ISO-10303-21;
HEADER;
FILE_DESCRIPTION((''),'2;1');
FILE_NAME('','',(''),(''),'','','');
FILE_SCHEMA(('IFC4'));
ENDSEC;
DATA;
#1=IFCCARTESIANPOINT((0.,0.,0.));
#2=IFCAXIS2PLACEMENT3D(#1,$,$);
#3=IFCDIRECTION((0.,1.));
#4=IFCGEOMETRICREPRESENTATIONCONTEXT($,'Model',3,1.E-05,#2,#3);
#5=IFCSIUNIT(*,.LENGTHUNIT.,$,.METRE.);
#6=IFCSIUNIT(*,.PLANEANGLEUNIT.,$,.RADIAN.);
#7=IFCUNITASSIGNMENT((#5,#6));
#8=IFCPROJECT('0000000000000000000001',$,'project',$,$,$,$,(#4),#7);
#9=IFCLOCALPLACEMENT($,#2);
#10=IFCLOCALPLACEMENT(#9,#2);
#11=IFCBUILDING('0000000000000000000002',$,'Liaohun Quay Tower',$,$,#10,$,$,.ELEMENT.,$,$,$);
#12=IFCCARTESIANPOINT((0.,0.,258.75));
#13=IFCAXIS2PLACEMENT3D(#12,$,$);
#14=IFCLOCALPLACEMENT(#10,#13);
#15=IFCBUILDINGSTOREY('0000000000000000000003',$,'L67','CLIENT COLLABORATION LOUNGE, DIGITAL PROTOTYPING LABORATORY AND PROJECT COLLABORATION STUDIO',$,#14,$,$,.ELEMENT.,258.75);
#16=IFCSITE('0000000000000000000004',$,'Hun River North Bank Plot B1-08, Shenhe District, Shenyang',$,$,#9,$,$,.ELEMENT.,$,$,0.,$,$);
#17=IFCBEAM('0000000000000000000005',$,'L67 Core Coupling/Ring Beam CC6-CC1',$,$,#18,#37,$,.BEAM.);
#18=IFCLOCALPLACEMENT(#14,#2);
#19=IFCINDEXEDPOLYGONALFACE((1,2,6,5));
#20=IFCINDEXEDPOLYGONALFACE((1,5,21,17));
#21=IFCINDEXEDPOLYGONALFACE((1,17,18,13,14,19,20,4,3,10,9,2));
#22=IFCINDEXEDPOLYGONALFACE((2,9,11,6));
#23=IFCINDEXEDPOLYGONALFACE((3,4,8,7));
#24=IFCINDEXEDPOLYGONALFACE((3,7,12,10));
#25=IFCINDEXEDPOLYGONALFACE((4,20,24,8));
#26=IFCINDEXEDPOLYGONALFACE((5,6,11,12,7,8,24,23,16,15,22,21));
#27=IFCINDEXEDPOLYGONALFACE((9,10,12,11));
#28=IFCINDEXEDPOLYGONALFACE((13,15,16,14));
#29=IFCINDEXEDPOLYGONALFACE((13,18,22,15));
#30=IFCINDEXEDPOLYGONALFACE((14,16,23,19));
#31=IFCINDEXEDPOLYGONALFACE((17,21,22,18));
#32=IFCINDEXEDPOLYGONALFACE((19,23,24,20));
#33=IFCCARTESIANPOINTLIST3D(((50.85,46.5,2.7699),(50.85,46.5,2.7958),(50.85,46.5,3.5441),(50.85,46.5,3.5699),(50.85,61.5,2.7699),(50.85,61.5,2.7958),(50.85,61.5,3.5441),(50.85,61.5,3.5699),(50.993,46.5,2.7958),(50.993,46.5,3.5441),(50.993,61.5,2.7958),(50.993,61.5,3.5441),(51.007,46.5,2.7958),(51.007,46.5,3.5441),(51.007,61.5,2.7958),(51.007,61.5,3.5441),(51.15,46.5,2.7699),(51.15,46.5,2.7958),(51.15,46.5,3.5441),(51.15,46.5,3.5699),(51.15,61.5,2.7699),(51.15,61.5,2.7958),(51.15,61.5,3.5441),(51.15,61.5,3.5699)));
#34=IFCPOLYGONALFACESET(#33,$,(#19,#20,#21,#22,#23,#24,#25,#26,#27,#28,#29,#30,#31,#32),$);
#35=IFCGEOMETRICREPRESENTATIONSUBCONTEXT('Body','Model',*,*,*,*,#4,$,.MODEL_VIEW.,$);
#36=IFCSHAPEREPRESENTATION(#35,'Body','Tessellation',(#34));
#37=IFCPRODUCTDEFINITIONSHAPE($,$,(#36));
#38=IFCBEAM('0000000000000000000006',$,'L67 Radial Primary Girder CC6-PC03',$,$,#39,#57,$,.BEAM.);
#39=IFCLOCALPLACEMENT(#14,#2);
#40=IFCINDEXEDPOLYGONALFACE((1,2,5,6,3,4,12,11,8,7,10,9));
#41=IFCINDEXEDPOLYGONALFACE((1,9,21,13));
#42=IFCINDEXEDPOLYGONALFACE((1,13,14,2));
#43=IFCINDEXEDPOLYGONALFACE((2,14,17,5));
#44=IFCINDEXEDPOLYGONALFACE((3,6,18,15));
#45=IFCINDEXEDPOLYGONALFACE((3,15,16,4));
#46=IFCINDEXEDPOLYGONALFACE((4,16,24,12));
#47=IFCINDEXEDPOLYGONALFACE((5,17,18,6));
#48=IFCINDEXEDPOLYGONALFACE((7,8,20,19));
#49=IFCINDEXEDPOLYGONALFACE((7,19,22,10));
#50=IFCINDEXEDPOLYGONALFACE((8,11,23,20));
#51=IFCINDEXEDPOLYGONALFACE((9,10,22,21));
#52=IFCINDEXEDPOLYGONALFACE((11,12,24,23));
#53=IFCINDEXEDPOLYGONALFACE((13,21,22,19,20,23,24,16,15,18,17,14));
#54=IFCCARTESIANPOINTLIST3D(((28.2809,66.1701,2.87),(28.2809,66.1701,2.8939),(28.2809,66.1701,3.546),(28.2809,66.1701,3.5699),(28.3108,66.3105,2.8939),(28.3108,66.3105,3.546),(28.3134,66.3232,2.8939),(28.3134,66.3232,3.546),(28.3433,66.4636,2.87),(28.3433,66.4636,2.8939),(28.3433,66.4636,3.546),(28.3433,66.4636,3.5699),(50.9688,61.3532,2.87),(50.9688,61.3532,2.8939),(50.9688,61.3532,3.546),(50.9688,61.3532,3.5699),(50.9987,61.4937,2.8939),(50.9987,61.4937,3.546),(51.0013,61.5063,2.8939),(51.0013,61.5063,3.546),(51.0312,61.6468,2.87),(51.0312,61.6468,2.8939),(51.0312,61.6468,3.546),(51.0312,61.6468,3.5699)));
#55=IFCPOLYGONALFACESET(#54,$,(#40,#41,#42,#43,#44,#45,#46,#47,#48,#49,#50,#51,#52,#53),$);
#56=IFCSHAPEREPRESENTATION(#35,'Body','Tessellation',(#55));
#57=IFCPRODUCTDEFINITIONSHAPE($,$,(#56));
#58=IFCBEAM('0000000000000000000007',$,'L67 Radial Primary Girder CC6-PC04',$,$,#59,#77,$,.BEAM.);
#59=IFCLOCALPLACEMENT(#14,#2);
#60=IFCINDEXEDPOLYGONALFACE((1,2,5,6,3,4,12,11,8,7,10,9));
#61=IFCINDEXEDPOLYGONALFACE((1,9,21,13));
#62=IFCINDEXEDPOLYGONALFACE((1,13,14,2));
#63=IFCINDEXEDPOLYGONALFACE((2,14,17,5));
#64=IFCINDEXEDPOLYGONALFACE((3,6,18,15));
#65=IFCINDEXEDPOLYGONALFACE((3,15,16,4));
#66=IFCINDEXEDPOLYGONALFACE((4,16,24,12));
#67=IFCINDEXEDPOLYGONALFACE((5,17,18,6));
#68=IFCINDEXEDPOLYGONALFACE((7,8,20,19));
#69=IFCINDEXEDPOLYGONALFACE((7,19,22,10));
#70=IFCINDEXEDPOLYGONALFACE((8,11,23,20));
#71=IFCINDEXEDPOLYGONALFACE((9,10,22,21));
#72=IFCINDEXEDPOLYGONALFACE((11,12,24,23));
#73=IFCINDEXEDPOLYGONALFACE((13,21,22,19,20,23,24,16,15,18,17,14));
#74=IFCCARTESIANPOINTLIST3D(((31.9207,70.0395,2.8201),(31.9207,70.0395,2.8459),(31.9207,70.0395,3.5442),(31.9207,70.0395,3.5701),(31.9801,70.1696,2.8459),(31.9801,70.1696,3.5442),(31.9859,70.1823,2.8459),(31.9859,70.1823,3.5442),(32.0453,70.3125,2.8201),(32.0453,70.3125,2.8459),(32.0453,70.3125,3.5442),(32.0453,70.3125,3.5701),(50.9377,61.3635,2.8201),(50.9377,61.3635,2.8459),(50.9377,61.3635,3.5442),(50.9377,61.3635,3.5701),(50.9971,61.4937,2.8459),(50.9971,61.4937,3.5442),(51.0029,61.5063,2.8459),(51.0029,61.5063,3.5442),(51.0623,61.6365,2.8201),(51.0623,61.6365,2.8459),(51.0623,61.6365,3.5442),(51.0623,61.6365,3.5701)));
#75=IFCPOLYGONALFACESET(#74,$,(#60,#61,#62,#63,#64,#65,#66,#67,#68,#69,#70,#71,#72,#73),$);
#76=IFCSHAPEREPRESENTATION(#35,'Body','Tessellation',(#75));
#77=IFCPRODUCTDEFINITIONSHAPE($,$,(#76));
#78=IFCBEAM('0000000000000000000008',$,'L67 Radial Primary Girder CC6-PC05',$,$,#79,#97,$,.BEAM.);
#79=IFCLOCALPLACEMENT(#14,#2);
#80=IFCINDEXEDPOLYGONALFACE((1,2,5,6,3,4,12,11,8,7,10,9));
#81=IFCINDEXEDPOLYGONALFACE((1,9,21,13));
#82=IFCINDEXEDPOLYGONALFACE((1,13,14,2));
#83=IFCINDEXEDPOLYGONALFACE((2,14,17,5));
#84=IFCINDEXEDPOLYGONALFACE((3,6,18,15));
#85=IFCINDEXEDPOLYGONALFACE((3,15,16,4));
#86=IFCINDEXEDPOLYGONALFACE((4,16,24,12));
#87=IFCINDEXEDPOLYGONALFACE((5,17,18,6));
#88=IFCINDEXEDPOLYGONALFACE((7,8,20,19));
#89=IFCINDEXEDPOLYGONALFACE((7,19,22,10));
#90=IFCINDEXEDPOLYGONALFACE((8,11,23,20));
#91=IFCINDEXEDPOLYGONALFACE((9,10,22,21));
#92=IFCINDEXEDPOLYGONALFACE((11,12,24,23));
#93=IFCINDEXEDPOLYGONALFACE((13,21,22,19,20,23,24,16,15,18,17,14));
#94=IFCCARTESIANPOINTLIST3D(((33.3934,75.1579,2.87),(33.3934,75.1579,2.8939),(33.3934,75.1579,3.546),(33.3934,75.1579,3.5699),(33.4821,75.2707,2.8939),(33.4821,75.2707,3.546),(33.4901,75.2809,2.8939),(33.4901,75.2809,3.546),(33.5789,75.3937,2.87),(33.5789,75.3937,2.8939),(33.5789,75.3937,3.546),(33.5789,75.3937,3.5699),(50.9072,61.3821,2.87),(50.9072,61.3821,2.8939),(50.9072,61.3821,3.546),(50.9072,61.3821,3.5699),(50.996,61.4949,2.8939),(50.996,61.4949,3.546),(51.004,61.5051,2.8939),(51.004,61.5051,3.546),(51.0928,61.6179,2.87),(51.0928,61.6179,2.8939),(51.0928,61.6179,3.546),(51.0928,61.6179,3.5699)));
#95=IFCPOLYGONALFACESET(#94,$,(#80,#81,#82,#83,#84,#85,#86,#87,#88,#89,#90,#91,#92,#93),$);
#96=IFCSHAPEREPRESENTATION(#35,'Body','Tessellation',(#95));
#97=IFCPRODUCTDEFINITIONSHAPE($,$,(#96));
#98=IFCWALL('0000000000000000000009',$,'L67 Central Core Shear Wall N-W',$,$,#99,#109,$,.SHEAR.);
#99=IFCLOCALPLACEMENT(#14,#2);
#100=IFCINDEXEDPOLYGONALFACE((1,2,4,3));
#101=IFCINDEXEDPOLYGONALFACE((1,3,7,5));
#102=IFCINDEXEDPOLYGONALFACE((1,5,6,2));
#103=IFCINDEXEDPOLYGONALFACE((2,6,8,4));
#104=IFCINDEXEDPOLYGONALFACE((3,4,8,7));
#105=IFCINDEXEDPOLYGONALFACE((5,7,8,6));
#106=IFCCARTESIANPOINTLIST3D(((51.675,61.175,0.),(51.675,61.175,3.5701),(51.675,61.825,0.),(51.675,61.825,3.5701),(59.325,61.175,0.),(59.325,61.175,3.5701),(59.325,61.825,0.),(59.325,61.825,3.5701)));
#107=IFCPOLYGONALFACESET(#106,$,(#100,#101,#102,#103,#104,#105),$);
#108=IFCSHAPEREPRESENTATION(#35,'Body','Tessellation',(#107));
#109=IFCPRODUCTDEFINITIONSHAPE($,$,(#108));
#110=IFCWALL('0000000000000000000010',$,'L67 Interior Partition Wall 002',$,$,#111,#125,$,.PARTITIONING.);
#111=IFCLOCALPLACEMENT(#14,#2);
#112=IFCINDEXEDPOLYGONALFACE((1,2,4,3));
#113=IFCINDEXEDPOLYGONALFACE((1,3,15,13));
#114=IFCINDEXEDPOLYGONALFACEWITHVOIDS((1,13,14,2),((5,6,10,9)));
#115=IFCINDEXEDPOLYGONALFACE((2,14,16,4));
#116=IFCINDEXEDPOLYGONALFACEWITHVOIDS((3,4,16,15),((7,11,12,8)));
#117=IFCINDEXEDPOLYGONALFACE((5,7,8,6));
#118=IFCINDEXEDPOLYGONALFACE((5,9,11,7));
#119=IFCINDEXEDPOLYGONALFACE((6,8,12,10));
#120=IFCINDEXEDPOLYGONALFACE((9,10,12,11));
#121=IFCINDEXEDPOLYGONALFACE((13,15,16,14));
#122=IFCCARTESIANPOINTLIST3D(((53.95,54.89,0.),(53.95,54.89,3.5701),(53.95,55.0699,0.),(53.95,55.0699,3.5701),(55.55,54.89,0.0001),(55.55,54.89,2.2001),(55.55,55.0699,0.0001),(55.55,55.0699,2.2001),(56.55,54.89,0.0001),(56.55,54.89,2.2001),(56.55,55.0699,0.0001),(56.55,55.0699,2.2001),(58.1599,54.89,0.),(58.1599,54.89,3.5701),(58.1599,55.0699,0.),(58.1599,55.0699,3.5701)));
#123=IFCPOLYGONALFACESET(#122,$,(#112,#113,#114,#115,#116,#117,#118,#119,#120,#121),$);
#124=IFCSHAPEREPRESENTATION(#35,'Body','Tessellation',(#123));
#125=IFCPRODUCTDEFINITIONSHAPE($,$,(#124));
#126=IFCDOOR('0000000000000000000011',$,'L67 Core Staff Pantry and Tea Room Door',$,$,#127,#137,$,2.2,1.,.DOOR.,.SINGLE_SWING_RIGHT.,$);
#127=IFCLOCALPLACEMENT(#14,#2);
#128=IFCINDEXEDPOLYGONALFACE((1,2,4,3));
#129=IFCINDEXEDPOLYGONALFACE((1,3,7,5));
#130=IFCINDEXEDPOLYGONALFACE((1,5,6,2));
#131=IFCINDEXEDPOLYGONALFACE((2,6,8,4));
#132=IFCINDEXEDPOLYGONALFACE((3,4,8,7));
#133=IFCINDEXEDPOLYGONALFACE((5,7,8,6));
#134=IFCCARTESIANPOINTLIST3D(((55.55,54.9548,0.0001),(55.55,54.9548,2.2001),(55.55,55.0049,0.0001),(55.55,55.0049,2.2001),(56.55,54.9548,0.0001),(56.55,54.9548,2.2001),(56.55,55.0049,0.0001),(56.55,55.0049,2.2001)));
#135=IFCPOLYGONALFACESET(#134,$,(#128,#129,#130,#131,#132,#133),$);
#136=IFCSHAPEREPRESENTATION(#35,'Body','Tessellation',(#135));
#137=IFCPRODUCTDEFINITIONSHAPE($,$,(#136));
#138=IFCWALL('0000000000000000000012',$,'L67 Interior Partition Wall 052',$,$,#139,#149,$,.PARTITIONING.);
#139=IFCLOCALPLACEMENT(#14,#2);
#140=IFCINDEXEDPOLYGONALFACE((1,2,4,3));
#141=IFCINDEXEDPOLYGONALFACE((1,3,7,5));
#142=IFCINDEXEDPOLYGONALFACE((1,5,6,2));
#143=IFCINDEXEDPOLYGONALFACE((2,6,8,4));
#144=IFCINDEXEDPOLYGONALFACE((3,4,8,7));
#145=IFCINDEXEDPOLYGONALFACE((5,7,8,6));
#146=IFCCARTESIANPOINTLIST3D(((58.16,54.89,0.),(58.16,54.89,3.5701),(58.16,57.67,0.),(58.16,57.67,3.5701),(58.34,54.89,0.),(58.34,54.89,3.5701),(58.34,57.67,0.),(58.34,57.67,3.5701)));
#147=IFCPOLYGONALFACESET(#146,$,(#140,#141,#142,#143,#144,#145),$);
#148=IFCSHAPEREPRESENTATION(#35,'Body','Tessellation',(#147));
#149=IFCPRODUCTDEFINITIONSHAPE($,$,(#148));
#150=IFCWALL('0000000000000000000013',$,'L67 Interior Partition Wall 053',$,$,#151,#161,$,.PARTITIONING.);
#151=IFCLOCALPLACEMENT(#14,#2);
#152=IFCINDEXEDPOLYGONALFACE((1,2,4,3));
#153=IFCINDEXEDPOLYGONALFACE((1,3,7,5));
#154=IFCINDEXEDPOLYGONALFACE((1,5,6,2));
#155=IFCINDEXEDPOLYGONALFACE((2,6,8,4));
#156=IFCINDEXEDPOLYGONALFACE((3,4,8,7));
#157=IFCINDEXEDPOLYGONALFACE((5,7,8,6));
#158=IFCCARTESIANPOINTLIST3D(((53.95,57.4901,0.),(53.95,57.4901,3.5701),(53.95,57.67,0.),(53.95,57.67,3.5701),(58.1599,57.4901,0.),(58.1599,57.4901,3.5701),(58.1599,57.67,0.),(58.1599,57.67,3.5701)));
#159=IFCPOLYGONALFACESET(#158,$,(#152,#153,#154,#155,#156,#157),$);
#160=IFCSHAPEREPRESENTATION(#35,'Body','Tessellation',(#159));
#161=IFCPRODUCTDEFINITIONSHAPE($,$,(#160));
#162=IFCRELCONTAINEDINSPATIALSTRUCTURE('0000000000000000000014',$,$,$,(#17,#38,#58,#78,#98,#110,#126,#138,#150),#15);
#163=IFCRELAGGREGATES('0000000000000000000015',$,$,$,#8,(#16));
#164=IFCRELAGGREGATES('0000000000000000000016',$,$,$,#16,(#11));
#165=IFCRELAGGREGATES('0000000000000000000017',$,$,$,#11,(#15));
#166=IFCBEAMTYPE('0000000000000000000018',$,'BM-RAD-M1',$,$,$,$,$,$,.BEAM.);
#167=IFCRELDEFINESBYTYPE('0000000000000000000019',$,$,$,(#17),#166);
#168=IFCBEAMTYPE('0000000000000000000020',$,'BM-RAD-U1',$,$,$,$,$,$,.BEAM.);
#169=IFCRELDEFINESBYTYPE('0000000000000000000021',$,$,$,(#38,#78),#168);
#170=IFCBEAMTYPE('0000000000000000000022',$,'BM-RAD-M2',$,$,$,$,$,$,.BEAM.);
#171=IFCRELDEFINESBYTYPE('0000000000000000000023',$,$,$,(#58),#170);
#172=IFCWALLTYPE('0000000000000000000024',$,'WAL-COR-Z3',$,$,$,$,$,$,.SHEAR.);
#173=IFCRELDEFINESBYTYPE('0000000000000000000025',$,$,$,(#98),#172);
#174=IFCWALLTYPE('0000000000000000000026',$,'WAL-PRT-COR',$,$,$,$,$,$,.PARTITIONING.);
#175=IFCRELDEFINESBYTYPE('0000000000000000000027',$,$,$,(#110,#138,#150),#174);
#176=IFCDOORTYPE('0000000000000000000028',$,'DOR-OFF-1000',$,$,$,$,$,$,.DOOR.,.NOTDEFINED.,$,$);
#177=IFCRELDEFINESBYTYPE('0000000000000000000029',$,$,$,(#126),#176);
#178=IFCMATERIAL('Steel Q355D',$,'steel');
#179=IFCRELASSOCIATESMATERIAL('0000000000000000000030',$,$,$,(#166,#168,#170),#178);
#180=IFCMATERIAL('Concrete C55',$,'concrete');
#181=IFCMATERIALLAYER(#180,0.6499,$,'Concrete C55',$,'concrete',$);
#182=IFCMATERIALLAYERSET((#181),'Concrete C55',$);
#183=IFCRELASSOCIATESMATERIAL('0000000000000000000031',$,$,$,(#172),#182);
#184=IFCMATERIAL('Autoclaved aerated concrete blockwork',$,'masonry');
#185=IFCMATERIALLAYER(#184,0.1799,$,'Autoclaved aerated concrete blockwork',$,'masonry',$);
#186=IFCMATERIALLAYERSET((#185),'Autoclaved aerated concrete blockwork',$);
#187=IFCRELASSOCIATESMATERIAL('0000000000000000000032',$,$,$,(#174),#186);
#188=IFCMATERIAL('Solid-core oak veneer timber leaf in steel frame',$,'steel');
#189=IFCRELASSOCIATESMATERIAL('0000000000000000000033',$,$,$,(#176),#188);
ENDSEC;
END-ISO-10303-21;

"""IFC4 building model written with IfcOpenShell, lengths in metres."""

from ifc_helpers import new_model, si_unit, direction, frame, frame_2d, origin, origin_2d, place, context, subcontext, project, spatial, rectangle, i_section, extrude, source, transform, mapped, material, layer, layer_set, material_profile, profile_set, type_object, element, fill, save


model = new_model("IFC4")

# Units and contexts
model_context = context("Model", 3, precision=1e-05, world=origin(), true_north=direction((0.0, 1.0)))
body_context = subcontext(model_context, "Body", "Model", "MODEL_VIEW")
ifc_project = project(units=[si_unit("LENGTHUNIT", "METRE"), si_unit("PLANEANGLEUNIT", "RADIAN")], contexts=[model_context])

# Site, building, storey
site_placement = place(None, origin())
site = spatial("IfcSite", under=ifc_project, at=site_placement, Name="Hun River North Bank Plot B1-08, Shenhe District, Shenyang", CompositionType="ELEMENT", RefElevation=0.0)
building_placement = place(site_placement, origin())
building = spatial("IfcBuilding", under=site, at=building_placement, Name="Liaohun Quay Tower", CompositionType="ELEMENT")
storey_placement = place(building_placement, frame((0.0, 0.0, 258.75)))
storey = spatial("IfcBuildingStorey", under=building, at=storey_placement, Name="L67", Description="CLIENT COLLABORATION LOUNGE, DIGITAL PROTOTYPING LABORATORY AND PROJECT COLLABORATION STUDIO", CompositionType="ELEMENT", Elevation=258.75)

# Beams
ifc_material_1 = material(Name="Steel Q355D", Category="steel")
ifc_material_profile_1 = material_profile(ifc_material_1, i_section(OverallWidth=0.3, OverallDepth=0.8, WebThickness=0.0139, FlangeThickness=0.0259, at=origin_2d()), Name="HN800x300x14x26")
ifc_profile_set_1 = profile_set([ifc_material_profile_1], Name="Steel Q355D")
beam_type_1 = type_object("IfcBeamType", Name="BM-RAD-M1", PredefinedType="BEAM", material=ifc_profile_set_1)
shared_shape_1 = source(origin(), body_context, "Body", "SweptSolid", [
    extrude(i_section(OverallWidth=0.3, OverallDepth=0.8, WebThickness=0.0139, FlangeThickness=0.0259, at=origin_2d()), origin(), (0.0, 0.0, 1.0), 15.0),
])
beam_1_placement = place(storey_placement, frame((51.0, 61.5, 3.1699), z_axis=(0.0, -1.0, 0.0), x_axis=(1.0, 0.0, 0.0)))
element("IfcBeam", 1, at=beam_1_placement, inside=storey, type_object=beam_type_1, Name="L67 Core Coupling/Ring Beam CC6-CC1", PredefinedType="BEAM", context=body_context, shape_type="MappedRepresentation", body=[
    mapped(shared_shape_1, transform((0.0, 0.0, 0.0), x_axis=(1.0, 0.0, 0.0), y_axis=(0.0, 1.0, 0.0), z_axis=(0.0, 0.0, 1.0), scale=1.0)),
])
ifc_material_profile_2 = material_profile(ifc_material_1, i_section(OverallWidth=0.3, OverallDepth=0.7, WebThickness=0.0129, FlangeThickness=0.0239, at=origin_2d()), Name="HN700x300x13x24")
ifc_profile_set_2 = profile_set([ifc_material_profile_2], Name="Steel Q355D")
beam_type_2 = type_object("IfcBeamType", Name="BM-RAD-U1", PredefinedType="BEAM", material=ifc_profile_set_2)
shared_shape_2 = source(origin(), body_context, "Body", "SweptSolid", [
    extrude(i_section(OverallWidth=0.3, OverallDepth=0.7, WebThickness=0.0129, FlangeThickness=0.0239, at=origin_2d()), origin(), (0.0, 0.0, 1.0), 23.1936),
])
beam_2_placement = place(storey_placement, frame((51.0, 61.5, 3.22), z_axis=(-0.978197, 0.207681, 0.0), x_axis=(-0.207681, -0.978197, 0.0)))
element("IfcBeam", 2, at=beam_2_placement, inside=storey, type_object=beam_type_2, Name="L67 Radial Primary Girder CC6-PC03", PredefinedType="BEAM", context=body_context, shape_type="MappedRepresentation", body=[
    mapped(shared_shape_2, transform((0.0, 0.0, 0.0), x_axis=(1.0, 0.0, 0.0), y_axis=(0.0, 1.0, 0.0), z_axis=(0.0, 0.0, 1.0), scale=1.0)),
])
ifc_material_profile_3 = material_profile(ifc_material_1, i_section(OverallWidth=0.3, OverallDepth=0.75, WebThickness=0.0139, FlangeThickness=0.0259, at=origin_2d()), Name="HN750x300x14x26")
ifc_profile_set_3 = profile_set([ifc_material_profile_3], Name="Steel Q355D")
beam_type_3 = type_object("IfcBeamType", Name="BM-RAD-M2", PredefinedType="BEAM", material=ifc_profile_set_3)
shared_shape_3 = source(origin(), body_context, "Body", "SweptSolid", [
    extrude(i_section(OverallWidth=0.3, OverallDepth=0.75, WebThickness=0.0139, FlangeThickness=0.0259, at=origin_2d()), origin(), (0.0, 0.0, 1.0), 20.9026),
])
beam_3_placement = place(storey_placement, frame((51.0, 61.5, 3.1951), z_axis=(-0.909791, 0.415067, 0.0), x_axis=(-0.415067, -0.909791, 0.0)))
element("IfcBeam", 3, at=beam_3_placement, inside=storey, type_object=beam_type_3, Name="L67 Radial Primary Girder CC6-PC04", PredefinedType="BEAM", context=body_context, shape_type="MappedRepresentation", body=[
    mapped(shared_shape_3, transform((0.0, 0.0, 0.0), x_axis=(1.0, 0.0, 0.0), y_axis=(0.0, 1.0, 0.0), z_axis=(0.0, 0.0, 1.0), scale=1.0)),
])
shared_shape_4 = source(origin(), body_context, "Body", "SweptSolid", [
    extrude(i_section(OverallWidth=0.3, OverallDepth=0.7, WebThickness=0.0129, FlangeThickness=0.0239, at=origin_2d()), origin(), (0.0, 0.0, 1.0), 22.2825),
])
beam_4_placement = place(storey_placement, frame((51.0, 61.5, 3.22), z_axis=(-0.785992, 0.618236, 0.0), x_axis=(-0.618236, -0.785992, 0.0)))
element("IfcBeam", 4, at=beam_4_placement, inside=storey, type_object=beam_type_2, Name="L67 Radial Primary Girder CC6-PC05", PredefinedType="BEAM", context=body_context, shape_type="MappedRepresentation", body=[
    mapped(shared_shape_4, transform((0.0, 0.0, 0.0), x_axis=(1.0, 0.0, 0.0), y_axis=(0.0, 1.0, 0.0), z_axis=(0.0, 0.0, 1.0), scale=1.0)),
])

# Wall
ifc_material_2 = material(Name="Concrete C55", Category="concrete")
ifc_layer_1 = layer(ifc_material_2, 0.6499, Name="Concrete C55", Category="concrete")
ifc_layer_set_1 = layer_set([ifc_layer_1], Name="Concrete C55")
wall_type_1 = type_object("IfcWallType", Name="WAL-COR-Z3", PredefinedType="SHEAR", material=ifc_layer_set_1)
wall_1_placement = place(storey_placement, frame((51.675, 61.5, 0.0), z_axis=(0.0, 0.0, 1.0), x_axis=(1.0, 0.0, 0.0)))
element("IfcWall", 5, at=wall_1_placement, inside=storey, type_object=wall_type_1, Name="L67 Central Core Shear Wall N-W", PredefinedType="SHEAR", context=body_context, shape_type="SweptSolid", body=[
    extrude(rectangle(XDim=7.6499, YDim=0.6499, at=frame_2d((3.825, 0.0))), origin(), (0.0, 0.0, 1.0), 3.5701),
])

# Wall, opening, door
ifc_material_3 = material(Name="Autoclaved aerated concrete blockwork", Category="masonry")
ifc_layer_2 = layer(ifc_material_3, 0.1799, Name="Autoclaved aerated concrete blockwork", Category="masonry")
ifc_layer_set_2 = layer_set([ifc_layer_2], Name="Autoclaved aerated concrete blockwork")
wall_type_2 = type_object("IfcWallType", Name="WAL-PRT-COR", PredefinedType="PARTITIONING", material=ifc_layer_set_2)
wall_2_placement = place(storey_placement, frame((53.95, 54.98, 0.0), z_axis=(0.0, 0.0, 1.0), x_axis=(1.0, 0.0, 0.0)))
wall_2 = element("IfcWall", 6, at=wall_2_placement, inside=storey, type_object=wall_type_2, Name="L67 Interior Partition Wall 002", PredefinedType="PARTITIONING", context=body_context, shape_type="SweptSolid", body=[
    extrude(rectangle(XDim=4.21, YDim=0.1799, at=frame_2d((2.105, 0.0))), origin(), (0.0, 0.0, 1.0), 3.5701),
])
shared_shape_5 = source(origin(), body_context, "Body", "SweptSolid", [
    extrude(rectangle(XDim=1.0, YDim=2.2, at=frame_2d((0.5, 1.1001))), frame((0.0, 0.0999, 0.0), z_axis=(0.0, -1.0, 0.0), x_axis=(1.0, 0.0, 0.0)), (0.0, 0.0, 1.0), 0.2),
])
opening_1_placement = place(wall_2_placement, frame((1.6001, 0.0, 0.0)))
opening_1 = element("IfcOpeningElement", 7, at=opening_1_placement, cuts=wall_2, PredefinedType="OPENING", context=body_context, shape_type="MappedRepresentation", body=[
    mapped(shared_shape_5, transform((0.0, 0.0, 0.0), x_axis=(1.0, 0.0, 0.0), y_axis=(0.0, 1.0, 0.0), z_axis=(0.0, 0.0, 1.0), scale=1.0)),
])
ifc_material_4 = material(Name="Solid-core oak veneer timber leaf in steel frame", Category="steel")
door_type_1 = type_object("IfcDoorType", Name="DOR-OFF-1000", OperationType="NOTDEFINED", PredefinedType="DOOR", material=ifc_material_4)
shared_shape_6 = source(origin(), body_context, "Body", "SweptSolid", [
    extrude(rectangle(XDim=1.0, YDim=2.2, at=frame_2d((0.5, 1.1001))), frame((0.0, 0.0249, 0.0), z_axis=(0.0, -1.0, 0.0), x_axis=(1.0, 0.0, 0.0)), (0.0, 0.0, 1.0), 0.05),
])
door_1_placement = place(opening_1_placement, origin())
door_1 = element("IfcDoor", 8, at=door_1_placement, inside=storey, type_object=door_type_1, Name="L67 Core Staff Pantry and Tea Room Door", OperationType="SINGLE_SWING_RIGHT", OverallHeight=2.2, OverallWidth=1.0, PredefinedType="DOOR", context=body_context, shape_type="MappedRepresentation", body=[
    mapped(shared_shape_6, transform((0.0, 0.0, 0.0), x_axis=(1.0, 0.0, 0.0), y_axis=(0.0, 1.0, 0.0), z_axis=(0.0, 0.0, 1.0), scale=1.0)),
])
fill(opening_1, door_1)

# Walls
wall_3_placement = place(storey_placement, frame((58.25, 54.8899, 0.0), z_axis=(0.0, 0.0, 1.0), x_axis=(0.0, 1.0, 0.0)))
element("IfcWall", 9, at=wall_3_placement, inside=storey, type_object=wall_type_2, Name="L67 Interior Partition Wall 052", PredefinedType="PARTITIONING", context=body_context, shape_type="SweptSolid", body=[
    extrude(rectangle(XDim=2.78, YDim=0.1799, at=frame_2d((1.3901, 0.0))), origin(), (0.0, 0.0, 1.0), 3.5701),
])
wall_4_placement = place(storey_placement, frame((53.95, 57.5801, 0.0), z_axis=(0.0, 0.0, 1.0), x_axis=(1.0, 0.0, 0.0)))
element("IfcWall", 10, at=wall_4_placement, inside=storey, type_object=wall_type_2, Name="L67 Interior Partition Wall 053", PredefinedType="PARTITIONING", context=body_context, shape_type="SweptSolid", body=[
    extrude(rectangle(XDim=4.21, YDim=0.1799, at=frame_2d((2.105, 0.0))), origin(), (0.0, 0.0, 1.0), 3.5701),
])

save(model, "model.ifc")
